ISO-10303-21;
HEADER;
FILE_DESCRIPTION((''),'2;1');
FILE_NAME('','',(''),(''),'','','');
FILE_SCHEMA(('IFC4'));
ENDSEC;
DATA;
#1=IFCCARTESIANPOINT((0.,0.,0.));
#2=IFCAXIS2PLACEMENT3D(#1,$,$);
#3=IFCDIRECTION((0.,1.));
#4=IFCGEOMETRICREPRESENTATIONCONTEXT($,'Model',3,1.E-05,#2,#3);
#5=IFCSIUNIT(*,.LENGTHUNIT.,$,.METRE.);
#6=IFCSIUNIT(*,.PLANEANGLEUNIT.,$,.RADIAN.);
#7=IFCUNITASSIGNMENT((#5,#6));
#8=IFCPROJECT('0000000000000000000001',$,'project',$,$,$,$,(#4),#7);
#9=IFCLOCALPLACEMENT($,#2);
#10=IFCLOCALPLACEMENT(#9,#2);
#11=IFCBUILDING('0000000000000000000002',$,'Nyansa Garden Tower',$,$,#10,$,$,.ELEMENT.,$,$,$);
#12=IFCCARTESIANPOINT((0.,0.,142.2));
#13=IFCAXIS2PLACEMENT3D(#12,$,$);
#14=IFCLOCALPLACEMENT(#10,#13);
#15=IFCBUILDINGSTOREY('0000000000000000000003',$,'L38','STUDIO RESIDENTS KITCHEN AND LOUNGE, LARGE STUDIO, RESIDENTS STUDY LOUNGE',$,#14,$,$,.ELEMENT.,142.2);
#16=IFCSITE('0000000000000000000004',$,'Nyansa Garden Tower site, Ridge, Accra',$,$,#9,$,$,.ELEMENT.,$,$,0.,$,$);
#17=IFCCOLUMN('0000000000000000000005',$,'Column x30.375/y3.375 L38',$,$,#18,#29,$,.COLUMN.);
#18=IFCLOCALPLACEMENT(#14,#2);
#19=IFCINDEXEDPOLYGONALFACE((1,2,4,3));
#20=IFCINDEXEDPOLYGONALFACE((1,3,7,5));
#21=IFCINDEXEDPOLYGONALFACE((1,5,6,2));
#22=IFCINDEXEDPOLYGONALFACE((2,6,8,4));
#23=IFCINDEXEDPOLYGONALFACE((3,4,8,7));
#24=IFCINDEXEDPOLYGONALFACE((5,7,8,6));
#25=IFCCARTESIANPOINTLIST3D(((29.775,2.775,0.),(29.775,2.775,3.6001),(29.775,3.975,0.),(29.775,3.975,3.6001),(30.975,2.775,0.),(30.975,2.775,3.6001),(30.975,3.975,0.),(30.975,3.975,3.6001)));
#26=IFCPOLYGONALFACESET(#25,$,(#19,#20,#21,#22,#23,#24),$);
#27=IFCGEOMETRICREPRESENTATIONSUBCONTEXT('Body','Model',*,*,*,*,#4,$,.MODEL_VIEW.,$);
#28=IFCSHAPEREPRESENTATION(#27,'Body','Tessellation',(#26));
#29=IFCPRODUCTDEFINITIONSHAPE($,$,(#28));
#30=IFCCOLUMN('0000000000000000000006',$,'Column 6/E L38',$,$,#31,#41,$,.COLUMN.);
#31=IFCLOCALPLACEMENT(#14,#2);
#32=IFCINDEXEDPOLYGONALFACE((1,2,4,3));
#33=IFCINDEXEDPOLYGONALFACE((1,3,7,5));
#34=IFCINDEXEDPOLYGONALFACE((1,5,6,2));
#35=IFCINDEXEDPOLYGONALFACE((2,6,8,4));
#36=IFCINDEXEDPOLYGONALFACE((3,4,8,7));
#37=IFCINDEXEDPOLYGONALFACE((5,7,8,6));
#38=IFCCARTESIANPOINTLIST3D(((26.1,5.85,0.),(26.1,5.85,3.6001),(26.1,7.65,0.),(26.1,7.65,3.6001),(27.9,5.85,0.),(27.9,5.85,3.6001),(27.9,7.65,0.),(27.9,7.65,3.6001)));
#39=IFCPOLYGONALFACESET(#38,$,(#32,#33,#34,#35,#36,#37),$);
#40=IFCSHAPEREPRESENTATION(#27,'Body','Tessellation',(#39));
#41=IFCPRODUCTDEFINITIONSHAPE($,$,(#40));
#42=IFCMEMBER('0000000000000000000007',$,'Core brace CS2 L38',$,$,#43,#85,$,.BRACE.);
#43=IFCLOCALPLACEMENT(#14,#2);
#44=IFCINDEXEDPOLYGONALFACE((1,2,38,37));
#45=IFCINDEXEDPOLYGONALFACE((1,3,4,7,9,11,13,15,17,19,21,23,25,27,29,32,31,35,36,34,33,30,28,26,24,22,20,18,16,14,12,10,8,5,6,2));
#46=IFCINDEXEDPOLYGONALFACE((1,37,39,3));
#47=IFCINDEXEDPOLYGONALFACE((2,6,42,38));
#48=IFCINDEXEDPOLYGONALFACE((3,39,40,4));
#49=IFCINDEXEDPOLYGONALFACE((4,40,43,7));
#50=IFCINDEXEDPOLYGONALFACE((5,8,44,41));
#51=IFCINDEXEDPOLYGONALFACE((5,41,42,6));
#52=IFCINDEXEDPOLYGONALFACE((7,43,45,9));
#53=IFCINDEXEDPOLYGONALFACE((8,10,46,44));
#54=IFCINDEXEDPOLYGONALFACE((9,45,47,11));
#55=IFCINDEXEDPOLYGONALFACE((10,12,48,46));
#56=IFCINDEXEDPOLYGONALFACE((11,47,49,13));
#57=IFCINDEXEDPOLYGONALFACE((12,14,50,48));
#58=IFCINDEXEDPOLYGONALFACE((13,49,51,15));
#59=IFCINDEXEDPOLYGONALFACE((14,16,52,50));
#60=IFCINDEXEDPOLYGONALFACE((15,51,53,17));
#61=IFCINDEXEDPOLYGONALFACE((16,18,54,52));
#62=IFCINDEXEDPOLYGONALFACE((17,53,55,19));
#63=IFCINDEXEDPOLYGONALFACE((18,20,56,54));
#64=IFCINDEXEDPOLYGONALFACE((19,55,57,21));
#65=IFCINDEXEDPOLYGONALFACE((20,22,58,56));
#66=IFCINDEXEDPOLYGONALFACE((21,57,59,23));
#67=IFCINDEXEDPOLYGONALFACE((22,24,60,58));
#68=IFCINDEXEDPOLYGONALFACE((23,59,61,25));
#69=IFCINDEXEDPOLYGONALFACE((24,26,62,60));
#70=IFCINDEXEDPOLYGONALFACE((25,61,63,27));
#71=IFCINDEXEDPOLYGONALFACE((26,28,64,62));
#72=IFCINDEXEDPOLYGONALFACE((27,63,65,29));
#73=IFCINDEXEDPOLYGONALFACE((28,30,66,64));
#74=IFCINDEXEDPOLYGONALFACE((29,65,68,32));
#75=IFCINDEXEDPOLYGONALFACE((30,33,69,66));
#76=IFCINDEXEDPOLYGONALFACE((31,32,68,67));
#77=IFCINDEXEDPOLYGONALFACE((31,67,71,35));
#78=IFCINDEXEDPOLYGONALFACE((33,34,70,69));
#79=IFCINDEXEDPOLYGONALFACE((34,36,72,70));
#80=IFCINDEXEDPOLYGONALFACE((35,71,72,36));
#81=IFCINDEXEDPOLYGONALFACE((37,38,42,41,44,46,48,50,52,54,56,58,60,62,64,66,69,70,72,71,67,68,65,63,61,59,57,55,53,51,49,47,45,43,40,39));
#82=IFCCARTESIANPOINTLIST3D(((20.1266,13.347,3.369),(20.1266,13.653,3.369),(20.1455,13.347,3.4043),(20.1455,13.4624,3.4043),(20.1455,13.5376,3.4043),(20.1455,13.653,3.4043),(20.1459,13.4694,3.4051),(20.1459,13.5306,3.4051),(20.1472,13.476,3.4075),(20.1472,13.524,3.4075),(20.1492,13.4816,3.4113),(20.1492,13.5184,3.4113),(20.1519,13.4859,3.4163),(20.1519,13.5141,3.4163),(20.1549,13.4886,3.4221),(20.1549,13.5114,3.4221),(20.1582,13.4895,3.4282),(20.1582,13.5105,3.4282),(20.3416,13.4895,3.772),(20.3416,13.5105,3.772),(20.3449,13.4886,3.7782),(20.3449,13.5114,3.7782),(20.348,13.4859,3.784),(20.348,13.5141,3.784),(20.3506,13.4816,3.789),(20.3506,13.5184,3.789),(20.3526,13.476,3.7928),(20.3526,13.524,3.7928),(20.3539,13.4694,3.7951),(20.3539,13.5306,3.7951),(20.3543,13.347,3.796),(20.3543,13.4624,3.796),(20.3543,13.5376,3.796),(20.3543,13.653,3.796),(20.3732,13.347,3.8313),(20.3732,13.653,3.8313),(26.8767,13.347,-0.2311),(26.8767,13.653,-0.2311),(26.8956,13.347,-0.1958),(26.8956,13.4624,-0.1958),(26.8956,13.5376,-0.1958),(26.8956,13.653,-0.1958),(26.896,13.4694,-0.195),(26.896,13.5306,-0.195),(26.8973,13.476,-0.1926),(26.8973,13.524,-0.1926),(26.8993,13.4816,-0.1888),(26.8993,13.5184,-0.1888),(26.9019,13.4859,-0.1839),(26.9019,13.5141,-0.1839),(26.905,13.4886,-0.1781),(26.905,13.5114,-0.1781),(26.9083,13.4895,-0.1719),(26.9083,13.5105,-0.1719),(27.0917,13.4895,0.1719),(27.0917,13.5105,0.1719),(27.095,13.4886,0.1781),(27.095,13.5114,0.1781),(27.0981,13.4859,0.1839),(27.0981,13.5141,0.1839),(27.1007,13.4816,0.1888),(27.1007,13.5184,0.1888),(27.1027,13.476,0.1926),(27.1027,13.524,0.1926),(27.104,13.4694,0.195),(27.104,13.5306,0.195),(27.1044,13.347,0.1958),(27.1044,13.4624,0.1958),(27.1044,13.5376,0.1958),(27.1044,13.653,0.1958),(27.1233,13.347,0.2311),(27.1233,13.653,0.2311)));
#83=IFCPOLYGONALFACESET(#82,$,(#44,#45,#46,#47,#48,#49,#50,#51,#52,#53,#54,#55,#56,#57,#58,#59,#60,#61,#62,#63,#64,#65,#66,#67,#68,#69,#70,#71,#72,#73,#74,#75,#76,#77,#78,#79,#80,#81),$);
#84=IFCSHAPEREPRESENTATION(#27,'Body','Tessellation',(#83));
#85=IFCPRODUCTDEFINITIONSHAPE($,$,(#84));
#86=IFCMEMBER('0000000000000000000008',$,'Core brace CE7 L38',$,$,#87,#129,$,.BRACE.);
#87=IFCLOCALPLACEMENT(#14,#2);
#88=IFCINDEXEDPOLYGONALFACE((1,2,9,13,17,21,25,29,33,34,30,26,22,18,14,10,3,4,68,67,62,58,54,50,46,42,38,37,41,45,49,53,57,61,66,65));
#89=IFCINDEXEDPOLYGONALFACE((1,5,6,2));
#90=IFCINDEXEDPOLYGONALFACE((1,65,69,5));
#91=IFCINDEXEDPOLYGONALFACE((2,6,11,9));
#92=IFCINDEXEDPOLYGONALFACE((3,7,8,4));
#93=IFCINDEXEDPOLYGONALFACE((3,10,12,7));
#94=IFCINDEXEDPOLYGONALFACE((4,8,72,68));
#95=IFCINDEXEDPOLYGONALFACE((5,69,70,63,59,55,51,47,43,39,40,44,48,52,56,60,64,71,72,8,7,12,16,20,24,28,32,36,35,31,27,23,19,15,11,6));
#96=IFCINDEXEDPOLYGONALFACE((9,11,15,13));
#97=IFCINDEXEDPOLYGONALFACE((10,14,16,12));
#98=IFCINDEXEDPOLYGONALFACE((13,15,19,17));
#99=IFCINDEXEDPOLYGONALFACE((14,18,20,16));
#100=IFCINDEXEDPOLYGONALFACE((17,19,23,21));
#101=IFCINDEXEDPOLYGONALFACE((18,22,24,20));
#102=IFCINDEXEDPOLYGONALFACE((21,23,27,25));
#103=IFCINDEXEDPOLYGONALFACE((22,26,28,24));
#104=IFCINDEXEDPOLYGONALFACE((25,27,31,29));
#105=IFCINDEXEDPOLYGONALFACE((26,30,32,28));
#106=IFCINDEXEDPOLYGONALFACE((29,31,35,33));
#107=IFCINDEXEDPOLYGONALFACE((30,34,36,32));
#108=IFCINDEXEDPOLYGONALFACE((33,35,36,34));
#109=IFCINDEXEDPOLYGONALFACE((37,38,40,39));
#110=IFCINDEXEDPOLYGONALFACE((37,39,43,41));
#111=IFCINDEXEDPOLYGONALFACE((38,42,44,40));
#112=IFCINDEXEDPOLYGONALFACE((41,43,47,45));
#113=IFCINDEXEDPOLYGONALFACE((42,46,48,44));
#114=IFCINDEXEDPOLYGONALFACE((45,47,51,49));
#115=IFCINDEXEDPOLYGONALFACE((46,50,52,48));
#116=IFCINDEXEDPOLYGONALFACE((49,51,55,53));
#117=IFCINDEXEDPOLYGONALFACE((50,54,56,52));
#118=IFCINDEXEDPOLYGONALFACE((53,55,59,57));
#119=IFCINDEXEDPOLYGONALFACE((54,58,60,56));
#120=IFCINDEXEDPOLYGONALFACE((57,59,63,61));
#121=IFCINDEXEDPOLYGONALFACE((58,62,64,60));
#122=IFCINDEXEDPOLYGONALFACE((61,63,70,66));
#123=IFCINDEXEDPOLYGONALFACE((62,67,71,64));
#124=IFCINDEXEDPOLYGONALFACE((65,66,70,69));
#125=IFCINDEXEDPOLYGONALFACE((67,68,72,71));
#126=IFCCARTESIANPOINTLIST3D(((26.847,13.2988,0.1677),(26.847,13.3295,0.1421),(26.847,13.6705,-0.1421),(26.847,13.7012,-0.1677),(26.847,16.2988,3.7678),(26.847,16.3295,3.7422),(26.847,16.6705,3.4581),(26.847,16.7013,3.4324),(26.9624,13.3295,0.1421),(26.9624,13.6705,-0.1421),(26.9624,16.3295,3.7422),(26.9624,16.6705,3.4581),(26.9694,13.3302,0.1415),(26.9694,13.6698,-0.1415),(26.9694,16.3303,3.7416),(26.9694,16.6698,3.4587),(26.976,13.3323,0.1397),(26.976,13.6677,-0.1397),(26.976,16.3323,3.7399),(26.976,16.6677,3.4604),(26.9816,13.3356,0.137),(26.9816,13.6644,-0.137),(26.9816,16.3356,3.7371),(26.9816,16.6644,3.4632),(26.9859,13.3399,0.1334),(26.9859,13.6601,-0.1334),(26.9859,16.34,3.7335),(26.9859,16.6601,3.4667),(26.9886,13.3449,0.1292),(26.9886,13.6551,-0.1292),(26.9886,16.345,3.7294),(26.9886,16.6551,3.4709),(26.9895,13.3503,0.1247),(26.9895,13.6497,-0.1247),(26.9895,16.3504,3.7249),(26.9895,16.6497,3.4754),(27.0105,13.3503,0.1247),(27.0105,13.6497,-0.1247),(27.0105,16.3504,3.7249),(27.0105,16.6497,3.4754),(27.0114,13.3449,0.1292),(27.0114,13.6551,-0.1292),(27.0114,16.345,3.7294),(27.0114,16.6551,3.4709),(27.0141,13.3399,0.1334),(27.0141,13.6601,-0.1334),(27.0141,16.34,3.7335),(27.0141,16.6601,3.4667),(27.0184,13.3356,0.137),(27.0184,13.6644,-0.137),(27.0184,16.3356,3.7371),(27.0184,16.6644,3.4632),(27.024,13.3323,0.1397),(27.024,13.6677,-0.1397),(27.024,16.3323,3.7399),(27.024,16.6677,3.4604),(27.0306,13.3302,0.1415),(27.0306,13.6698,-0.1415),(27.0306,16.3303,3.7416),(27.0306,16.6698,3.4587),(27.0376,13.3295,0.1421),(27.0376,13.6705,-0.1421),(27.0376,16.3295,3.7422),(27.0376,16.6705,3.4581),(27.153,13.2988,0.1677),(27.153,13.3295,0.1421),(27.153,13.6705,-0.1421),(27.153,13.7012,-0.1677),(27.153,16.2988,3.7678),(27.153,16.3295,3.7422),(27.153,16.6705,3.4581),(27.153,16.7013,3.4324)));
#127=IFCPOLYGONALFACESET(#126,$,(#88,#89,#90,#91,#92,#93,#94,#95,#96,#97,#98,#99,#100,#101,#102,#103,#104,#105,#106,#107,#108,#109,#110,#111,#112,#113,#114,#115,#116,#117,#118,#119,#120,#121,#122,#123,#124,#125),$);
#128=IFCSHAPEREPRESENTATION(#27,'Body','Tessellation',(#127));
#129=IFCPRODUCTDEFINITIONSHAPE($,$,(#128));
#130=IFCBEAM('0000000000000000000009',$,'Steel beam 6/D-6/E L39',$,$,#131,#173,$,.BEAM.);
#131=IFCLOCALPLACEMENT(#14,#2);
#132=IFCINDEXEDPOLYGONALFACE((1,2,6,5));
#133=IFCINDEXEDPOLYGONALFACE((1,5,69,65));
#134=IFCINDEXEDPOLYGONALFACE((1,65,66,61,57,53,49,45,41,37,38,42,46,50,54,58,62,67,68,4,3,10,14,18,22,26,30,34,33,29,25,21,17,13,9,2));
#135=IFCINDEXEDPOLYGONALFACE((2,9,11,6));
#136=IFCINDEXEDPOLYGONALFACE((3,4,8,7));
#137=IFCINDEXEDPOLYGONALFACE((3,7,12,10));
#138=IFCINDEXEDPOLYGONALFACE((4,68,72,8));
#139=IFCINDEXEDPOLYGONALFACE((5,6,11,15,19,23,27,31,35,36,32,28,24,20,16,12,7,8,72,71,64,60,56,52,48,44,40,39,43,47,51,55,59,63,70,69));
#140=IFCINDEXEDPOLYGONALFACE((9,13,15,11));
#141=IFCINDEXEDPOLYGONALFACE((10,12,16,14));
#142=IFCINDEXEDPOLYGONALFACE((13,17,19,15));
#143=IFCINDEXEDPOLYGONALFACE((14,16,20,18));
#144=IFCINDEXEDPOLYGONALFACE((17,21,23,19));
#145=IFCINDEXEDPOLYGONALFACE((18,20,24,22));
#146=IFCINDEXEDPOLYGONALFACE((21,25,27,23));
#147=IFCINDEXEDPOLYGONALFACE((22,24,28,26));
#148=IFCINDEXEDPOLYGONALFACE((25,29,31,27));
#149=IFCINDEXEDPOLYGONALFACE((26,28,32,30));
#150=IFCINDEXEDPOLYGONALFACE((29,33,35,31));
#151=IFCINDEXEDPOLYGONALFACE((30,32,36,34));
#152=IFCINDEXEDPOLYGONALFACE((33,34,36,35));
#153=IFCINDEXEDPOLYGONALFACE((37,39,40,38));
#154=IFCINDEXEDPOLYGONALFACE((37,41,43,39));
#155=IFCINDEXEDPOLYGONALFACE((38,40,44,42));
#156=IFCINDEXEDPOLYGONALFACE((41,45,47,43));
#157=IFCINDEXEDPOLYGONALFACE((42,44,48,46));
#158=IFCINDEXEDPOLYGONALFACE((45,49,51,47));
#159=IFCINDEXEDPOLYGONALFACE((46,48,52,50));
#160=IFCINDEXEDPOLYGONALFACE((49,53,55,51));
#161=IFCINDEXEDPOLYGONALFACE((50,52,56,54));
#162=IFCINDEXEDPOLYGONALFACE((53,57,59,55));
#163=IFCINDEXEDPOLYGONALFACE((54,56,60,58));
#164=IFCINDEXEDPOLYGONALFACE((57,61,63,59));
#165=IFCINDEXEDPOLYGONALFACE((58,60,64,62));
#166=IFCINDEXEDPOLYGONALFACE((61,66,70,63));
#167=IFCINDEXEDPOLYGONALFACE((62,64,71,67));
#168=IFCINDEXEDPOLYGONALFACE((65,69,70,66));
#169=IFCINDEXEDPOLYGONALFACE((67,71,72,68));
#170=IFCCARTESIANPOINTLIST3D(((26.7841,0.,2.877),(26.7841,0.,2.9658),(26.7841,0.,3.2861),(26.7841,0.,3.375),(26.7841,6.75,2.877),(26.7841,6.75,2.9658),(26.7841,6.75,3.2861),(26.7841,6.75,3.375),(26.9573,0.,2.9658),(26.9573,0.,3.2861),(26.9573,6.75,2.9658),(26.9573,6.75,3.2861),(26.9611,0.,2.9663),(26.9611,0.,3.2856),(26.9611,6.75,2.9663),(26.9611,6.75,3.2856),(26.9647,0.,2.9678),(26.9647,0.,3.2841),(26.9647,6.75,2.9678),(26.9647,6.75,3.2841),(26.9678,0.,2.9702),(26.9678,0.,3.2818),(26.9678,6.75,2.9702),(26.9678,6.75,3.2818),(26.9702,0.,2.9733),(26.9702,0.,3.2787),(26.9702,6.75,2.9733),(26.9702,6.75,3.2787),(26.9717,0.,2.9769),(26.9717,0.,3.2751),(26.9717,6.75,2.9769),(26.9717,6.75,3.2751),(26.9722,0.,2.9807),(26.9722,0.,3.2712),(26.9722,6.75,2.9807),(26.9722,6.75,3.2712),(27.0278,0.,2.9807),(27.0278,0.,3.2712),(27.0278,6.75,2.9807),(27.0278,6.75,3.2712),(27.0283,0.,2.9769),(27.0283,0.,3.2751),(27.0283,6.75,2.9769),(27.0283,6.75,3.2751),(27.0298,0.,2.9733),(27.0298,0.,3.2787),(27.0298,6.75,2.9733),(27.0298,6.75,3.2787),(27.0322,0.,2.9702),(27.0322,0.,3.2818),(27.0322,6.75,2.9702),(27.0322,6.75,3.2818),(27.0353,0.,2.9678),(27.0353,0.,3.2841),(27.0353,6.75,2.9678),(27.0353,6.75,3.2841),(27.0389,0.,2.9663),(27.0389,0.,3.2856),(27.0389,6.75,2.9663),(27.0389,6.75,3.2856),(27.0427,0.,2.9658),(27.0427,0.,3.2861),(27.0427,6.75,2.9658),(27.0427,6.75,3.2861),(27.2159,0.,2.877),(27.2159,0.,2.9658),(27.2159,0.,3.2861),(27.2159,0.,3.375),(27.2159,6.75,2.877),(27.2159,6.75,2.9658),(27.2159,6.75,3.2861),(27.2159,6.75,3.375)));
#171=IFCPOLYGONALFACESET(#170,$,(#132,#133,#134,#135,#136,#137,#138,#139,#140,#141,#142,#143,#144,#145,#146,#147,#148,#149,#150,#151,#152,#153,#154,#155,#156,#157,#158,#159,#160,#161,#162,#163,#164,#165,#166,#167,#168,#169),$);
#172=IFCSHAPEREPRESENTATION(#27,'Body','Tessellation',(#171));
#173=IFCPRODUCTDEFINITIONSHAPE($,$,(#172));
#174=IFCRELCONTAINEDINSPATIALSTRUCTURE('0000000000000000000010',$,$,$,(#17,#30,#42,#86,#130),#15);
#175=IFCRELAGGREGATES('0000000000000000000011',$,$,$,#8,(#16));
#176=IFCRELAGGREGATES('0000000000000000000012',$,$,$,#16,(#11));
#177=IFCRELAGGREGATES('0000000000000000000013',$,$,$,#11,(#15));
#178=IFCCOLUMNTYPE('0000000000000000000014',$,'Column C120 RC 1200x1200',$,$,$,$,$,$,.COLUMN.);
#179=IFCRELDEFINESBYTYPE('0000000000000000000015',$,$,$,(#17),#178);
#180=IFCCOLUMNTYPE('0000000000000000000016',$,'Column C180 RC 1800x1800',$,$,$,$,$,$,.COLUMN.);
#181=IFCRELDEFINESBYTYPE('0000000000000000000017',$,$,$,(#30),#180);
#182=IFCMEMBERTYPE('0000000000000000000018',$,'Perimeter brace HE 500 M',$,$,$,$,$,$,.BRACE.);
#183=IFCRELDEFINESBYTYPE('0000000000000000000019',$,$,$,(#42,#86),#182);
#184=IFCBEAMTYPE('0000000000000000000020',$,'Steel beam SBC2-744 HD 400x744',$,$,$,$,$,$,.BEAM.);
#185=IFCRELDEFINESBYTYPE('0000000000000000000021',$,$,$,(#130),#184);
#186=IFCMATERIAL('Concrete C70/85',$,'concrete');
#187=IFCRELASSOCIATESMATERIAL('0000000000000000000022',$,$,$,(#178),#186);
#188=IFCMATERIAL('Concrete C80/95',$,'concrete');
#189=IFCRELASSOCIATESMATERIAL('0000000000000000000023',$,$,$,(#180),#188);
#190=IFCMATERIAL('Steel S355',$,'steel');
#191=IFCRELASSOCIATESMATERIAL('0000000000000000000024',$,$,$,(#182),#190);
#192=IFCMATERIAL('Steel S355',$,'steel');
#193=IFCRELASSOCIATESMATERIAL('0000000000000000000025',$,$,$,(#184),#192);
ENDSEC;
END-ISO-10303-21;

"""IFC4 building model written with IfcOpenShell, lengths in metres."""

from ifc_helpers import new_model, si_unit, direction, frame, origin, origin_2d, place, context, subcontext, project, spatial, rectangle, i_section, extrude, material, material_profile, profile_set, type_object, element, save


model = new_model("IFC4")

# Units and contexts
model_context = context("Model", 3, precision=1e-05, world=origin(), true_north=direction((0.0, 1.0)))
body_context = subcontext(model_context, "Body", "Model", "MODEL_VIEW")
ifc_project = project(units=[si_unit("LENGTHUNIT", "METRE"), si_unit("PLANEANGLEUNIT", "RADIAN")], contexts=[model_context])

# Site, building, storey
site_placement = place(None, origin())
site = spatial("IfcSite", under=ifc_project, at=site_placement, Name="Nyansa Garden Tower site, Ridge, Accra", CompositionType="ELEMENT", RefElevation=0.0)
building_placement = place(site_placement, origin())
building = spatial("IfcBuilding", under=site, at=building_placement, Name="Nyansa Garden Tower", CompositionType="ELEMENT")
storey_placement = place(building_placement, frame((0.0, 0.0, 142.2)))
storey = spatial("IfcBuildingStorey", under=building, at=storey_placement, Name="L38", Description="STUDIO RESIDENTS KITCHEN AND LOUNGE, LARGE STUDIO, RESIDENTS STUDY LOUNGE", CompositionType="ELEMENT", Elevation=142.2)

# Columns
ifc_material_1 = material(Name="Concrete C70/85", Category="concrete")
ifc_material_profile_1 = material_profile(ifc_material_1, rectangle(XDim=1.2, YDim=1.2, at=origin_2d()), Name="RC 1200x1200")
ifc_profile_set_1 = profile_set([ifc_material_profile_1], Name="Concrete C70/85")
column_type_1 = type_object("IfcColumnType", Name="Column C120 RC 1200x1200", PredefinedType="COLUMN", material=ifc_profile_set_1)
column_1_placement = place(storey_placement, frame((30.375, 3.375, 0.0), z_axis=(0.0, 0.0, 1.0), x_axis=(1.0, 0.0, 0.0)))
element("IfcColumn", 1, at=column_1_placement, inside=storey, type_object=column_type_1, Name="Column x30.375/y3.375 L38", PredefinedType="COLUMN", context=body_context, shape_type="SweptSolid", body=[
    extrude(rectangle(XDim=1.2, YDim=1.2, at=origin_2d()), origin(), (0.0, 0.0, 1.0), 3.6001),
])
ifc_material_2 = material(Name="Concrete C80/95", Category="concrete")
ifc_material_profile_2 = material_profile(ifc_material_2, rectangle(XDim=1.8, YDim=1.8, at=origin_2d()), Name="RC 1800x1800")
ifc_profile_set_2 = profile_set([ifc_material_profile_2], Name="Concrete C80/95")
column_type_2 = type_object("IfcColumnType", Name="Column C180 RC 1800x1800", PredefinedType="COLUMN", material=ifc_profile_set_2)
column_2_placement = place(storey_placement, frame((27.0, 6.75, 0.0), z_axis=(0.0, 0.0, 1.0), x_axis=(1.0, 0.0, 0.0)))
element("IfcColumn", 2, at=column_2_placement, inside=storey, type_object=column_type_2, Name="Column 6/E L38", PredefinedType="COLUMN", context=body_context, shape_type="SweptSolid", body=[
    extrude(rectangle(XDim=1.8, YDim=1.8, at=origin_2d()), origin(), (0.0, 0.0, 1.0), 3.6001),
])

# Members
ifc_material_3 = material(Name="Steel S355", Category="steel")
ifc_material_profile_3 = material_profile(ifc_material_3, i_section(OverallWidth=0.3059, OverallDepth=0.5239, WebThickness=0.021, FlangeThickness=0.04, FilletRadius=0.0271, at=origin_2d()), Name="HE 500 M")
ifc_profile_set_3 = profile_set([ifc_material_profile_3], Name="Steel S355")
member_type = type_object("IfcMemberType", Name="Perimeter brace HE 500 M", PredefinedType="BRACE", material=ifc_profile_set_3)
member_1_placement = place(storey_placement, frame((27.0, 13.5, 0.0), z_axis=(-0.882348, 0.0, 0.470598), x_axis=(0.0, -1.0, 0.0)))
element("IfcMember", 3, at=member_1_placement, inside=storey, type_object=member_type, Name="Core brace CS2 L38", PredefinedType="BRACE", context=body_context, shape_type="SweptSolid", body=[
    extrude(i_section(OverallWidth=0.3059, OverallDepth=0.5239, WebThickness=0.021, FlangeThickness=0.04, FilletRadius=0.0271, at=origin_2d()), origin(), (0.0, 0.0, 1.0), 7.6501),
])
member_2_placement = place(storey_placement, frame((27.0, 13.5, 0.0), z_axis=(0.0, 0.640174, 0.76823), x_axis=(-1.0, 0.0, 0.0)))
element("IfcMember", 4, at=member_2_placement, inside=storey, type_object=member_type, Name="Core brace CE7 L38", PredefinedType="BRACE", context=body_context, shape_type="SweptSolid", body=[
    extrude(i_section(OverallWidth=0.3059, OverallDepth=0.5239, WebThickness=0.021, FlangeThickness=0.04, FilletRadius=0.0271, at=origin_2d()), origin(), (0.0, 0.0, 1.0), 4.6863),
])

# Beam
ifc_material_4 = material(Name="Steel S355", Category="steel")
ifc_material_profile_4 = material_profile(ifc_material_4, i_section(OverallWidth=0.4319, OverallDepth=0.498, WebThickness=0.0557, FlangeThickness=0.0889, FilletRadius=0.0149, at=origin_2d()), Name="HD 400x744")
ifc_profile_set_4 = profile_set([ifc_material_profile_4], Name="Steel S355")
beam_type_1 = type_object("IfcBeamType", Name="Steel beam SBC2-744 HD 400x744", PredefinedType="BEAM", material=ifc_profile_set_4)
for number, where, z_axis, x_axis, name in (
    (5, (27.0, 0.0, 3.126), (0.0, 1.0, 0.0), (-1.0, 0.0, 0.0), "Steel beam 6/D-6/E L39"),
):
    element("IfcBeam", number, at=place(storey_placement, frame(where, z_axis=z_axis, x_axis=x_axis)), inside=storey, type_object=beam_type_1, Name=name, PredefinedType="BEAM", context=body_context, shape_type="SweptSolid", body=[
        extrude(i_section(OverallWidth=0.4319, OverallDepth=0.498, WebThickness=0.0557, FlangeThickness=0.0889, FilletRadius=0.0149, at=origin_2d()), origin(), (0.0, 0.0, 1.0), 6.75),
    ])

save(model, "model.ifc")
